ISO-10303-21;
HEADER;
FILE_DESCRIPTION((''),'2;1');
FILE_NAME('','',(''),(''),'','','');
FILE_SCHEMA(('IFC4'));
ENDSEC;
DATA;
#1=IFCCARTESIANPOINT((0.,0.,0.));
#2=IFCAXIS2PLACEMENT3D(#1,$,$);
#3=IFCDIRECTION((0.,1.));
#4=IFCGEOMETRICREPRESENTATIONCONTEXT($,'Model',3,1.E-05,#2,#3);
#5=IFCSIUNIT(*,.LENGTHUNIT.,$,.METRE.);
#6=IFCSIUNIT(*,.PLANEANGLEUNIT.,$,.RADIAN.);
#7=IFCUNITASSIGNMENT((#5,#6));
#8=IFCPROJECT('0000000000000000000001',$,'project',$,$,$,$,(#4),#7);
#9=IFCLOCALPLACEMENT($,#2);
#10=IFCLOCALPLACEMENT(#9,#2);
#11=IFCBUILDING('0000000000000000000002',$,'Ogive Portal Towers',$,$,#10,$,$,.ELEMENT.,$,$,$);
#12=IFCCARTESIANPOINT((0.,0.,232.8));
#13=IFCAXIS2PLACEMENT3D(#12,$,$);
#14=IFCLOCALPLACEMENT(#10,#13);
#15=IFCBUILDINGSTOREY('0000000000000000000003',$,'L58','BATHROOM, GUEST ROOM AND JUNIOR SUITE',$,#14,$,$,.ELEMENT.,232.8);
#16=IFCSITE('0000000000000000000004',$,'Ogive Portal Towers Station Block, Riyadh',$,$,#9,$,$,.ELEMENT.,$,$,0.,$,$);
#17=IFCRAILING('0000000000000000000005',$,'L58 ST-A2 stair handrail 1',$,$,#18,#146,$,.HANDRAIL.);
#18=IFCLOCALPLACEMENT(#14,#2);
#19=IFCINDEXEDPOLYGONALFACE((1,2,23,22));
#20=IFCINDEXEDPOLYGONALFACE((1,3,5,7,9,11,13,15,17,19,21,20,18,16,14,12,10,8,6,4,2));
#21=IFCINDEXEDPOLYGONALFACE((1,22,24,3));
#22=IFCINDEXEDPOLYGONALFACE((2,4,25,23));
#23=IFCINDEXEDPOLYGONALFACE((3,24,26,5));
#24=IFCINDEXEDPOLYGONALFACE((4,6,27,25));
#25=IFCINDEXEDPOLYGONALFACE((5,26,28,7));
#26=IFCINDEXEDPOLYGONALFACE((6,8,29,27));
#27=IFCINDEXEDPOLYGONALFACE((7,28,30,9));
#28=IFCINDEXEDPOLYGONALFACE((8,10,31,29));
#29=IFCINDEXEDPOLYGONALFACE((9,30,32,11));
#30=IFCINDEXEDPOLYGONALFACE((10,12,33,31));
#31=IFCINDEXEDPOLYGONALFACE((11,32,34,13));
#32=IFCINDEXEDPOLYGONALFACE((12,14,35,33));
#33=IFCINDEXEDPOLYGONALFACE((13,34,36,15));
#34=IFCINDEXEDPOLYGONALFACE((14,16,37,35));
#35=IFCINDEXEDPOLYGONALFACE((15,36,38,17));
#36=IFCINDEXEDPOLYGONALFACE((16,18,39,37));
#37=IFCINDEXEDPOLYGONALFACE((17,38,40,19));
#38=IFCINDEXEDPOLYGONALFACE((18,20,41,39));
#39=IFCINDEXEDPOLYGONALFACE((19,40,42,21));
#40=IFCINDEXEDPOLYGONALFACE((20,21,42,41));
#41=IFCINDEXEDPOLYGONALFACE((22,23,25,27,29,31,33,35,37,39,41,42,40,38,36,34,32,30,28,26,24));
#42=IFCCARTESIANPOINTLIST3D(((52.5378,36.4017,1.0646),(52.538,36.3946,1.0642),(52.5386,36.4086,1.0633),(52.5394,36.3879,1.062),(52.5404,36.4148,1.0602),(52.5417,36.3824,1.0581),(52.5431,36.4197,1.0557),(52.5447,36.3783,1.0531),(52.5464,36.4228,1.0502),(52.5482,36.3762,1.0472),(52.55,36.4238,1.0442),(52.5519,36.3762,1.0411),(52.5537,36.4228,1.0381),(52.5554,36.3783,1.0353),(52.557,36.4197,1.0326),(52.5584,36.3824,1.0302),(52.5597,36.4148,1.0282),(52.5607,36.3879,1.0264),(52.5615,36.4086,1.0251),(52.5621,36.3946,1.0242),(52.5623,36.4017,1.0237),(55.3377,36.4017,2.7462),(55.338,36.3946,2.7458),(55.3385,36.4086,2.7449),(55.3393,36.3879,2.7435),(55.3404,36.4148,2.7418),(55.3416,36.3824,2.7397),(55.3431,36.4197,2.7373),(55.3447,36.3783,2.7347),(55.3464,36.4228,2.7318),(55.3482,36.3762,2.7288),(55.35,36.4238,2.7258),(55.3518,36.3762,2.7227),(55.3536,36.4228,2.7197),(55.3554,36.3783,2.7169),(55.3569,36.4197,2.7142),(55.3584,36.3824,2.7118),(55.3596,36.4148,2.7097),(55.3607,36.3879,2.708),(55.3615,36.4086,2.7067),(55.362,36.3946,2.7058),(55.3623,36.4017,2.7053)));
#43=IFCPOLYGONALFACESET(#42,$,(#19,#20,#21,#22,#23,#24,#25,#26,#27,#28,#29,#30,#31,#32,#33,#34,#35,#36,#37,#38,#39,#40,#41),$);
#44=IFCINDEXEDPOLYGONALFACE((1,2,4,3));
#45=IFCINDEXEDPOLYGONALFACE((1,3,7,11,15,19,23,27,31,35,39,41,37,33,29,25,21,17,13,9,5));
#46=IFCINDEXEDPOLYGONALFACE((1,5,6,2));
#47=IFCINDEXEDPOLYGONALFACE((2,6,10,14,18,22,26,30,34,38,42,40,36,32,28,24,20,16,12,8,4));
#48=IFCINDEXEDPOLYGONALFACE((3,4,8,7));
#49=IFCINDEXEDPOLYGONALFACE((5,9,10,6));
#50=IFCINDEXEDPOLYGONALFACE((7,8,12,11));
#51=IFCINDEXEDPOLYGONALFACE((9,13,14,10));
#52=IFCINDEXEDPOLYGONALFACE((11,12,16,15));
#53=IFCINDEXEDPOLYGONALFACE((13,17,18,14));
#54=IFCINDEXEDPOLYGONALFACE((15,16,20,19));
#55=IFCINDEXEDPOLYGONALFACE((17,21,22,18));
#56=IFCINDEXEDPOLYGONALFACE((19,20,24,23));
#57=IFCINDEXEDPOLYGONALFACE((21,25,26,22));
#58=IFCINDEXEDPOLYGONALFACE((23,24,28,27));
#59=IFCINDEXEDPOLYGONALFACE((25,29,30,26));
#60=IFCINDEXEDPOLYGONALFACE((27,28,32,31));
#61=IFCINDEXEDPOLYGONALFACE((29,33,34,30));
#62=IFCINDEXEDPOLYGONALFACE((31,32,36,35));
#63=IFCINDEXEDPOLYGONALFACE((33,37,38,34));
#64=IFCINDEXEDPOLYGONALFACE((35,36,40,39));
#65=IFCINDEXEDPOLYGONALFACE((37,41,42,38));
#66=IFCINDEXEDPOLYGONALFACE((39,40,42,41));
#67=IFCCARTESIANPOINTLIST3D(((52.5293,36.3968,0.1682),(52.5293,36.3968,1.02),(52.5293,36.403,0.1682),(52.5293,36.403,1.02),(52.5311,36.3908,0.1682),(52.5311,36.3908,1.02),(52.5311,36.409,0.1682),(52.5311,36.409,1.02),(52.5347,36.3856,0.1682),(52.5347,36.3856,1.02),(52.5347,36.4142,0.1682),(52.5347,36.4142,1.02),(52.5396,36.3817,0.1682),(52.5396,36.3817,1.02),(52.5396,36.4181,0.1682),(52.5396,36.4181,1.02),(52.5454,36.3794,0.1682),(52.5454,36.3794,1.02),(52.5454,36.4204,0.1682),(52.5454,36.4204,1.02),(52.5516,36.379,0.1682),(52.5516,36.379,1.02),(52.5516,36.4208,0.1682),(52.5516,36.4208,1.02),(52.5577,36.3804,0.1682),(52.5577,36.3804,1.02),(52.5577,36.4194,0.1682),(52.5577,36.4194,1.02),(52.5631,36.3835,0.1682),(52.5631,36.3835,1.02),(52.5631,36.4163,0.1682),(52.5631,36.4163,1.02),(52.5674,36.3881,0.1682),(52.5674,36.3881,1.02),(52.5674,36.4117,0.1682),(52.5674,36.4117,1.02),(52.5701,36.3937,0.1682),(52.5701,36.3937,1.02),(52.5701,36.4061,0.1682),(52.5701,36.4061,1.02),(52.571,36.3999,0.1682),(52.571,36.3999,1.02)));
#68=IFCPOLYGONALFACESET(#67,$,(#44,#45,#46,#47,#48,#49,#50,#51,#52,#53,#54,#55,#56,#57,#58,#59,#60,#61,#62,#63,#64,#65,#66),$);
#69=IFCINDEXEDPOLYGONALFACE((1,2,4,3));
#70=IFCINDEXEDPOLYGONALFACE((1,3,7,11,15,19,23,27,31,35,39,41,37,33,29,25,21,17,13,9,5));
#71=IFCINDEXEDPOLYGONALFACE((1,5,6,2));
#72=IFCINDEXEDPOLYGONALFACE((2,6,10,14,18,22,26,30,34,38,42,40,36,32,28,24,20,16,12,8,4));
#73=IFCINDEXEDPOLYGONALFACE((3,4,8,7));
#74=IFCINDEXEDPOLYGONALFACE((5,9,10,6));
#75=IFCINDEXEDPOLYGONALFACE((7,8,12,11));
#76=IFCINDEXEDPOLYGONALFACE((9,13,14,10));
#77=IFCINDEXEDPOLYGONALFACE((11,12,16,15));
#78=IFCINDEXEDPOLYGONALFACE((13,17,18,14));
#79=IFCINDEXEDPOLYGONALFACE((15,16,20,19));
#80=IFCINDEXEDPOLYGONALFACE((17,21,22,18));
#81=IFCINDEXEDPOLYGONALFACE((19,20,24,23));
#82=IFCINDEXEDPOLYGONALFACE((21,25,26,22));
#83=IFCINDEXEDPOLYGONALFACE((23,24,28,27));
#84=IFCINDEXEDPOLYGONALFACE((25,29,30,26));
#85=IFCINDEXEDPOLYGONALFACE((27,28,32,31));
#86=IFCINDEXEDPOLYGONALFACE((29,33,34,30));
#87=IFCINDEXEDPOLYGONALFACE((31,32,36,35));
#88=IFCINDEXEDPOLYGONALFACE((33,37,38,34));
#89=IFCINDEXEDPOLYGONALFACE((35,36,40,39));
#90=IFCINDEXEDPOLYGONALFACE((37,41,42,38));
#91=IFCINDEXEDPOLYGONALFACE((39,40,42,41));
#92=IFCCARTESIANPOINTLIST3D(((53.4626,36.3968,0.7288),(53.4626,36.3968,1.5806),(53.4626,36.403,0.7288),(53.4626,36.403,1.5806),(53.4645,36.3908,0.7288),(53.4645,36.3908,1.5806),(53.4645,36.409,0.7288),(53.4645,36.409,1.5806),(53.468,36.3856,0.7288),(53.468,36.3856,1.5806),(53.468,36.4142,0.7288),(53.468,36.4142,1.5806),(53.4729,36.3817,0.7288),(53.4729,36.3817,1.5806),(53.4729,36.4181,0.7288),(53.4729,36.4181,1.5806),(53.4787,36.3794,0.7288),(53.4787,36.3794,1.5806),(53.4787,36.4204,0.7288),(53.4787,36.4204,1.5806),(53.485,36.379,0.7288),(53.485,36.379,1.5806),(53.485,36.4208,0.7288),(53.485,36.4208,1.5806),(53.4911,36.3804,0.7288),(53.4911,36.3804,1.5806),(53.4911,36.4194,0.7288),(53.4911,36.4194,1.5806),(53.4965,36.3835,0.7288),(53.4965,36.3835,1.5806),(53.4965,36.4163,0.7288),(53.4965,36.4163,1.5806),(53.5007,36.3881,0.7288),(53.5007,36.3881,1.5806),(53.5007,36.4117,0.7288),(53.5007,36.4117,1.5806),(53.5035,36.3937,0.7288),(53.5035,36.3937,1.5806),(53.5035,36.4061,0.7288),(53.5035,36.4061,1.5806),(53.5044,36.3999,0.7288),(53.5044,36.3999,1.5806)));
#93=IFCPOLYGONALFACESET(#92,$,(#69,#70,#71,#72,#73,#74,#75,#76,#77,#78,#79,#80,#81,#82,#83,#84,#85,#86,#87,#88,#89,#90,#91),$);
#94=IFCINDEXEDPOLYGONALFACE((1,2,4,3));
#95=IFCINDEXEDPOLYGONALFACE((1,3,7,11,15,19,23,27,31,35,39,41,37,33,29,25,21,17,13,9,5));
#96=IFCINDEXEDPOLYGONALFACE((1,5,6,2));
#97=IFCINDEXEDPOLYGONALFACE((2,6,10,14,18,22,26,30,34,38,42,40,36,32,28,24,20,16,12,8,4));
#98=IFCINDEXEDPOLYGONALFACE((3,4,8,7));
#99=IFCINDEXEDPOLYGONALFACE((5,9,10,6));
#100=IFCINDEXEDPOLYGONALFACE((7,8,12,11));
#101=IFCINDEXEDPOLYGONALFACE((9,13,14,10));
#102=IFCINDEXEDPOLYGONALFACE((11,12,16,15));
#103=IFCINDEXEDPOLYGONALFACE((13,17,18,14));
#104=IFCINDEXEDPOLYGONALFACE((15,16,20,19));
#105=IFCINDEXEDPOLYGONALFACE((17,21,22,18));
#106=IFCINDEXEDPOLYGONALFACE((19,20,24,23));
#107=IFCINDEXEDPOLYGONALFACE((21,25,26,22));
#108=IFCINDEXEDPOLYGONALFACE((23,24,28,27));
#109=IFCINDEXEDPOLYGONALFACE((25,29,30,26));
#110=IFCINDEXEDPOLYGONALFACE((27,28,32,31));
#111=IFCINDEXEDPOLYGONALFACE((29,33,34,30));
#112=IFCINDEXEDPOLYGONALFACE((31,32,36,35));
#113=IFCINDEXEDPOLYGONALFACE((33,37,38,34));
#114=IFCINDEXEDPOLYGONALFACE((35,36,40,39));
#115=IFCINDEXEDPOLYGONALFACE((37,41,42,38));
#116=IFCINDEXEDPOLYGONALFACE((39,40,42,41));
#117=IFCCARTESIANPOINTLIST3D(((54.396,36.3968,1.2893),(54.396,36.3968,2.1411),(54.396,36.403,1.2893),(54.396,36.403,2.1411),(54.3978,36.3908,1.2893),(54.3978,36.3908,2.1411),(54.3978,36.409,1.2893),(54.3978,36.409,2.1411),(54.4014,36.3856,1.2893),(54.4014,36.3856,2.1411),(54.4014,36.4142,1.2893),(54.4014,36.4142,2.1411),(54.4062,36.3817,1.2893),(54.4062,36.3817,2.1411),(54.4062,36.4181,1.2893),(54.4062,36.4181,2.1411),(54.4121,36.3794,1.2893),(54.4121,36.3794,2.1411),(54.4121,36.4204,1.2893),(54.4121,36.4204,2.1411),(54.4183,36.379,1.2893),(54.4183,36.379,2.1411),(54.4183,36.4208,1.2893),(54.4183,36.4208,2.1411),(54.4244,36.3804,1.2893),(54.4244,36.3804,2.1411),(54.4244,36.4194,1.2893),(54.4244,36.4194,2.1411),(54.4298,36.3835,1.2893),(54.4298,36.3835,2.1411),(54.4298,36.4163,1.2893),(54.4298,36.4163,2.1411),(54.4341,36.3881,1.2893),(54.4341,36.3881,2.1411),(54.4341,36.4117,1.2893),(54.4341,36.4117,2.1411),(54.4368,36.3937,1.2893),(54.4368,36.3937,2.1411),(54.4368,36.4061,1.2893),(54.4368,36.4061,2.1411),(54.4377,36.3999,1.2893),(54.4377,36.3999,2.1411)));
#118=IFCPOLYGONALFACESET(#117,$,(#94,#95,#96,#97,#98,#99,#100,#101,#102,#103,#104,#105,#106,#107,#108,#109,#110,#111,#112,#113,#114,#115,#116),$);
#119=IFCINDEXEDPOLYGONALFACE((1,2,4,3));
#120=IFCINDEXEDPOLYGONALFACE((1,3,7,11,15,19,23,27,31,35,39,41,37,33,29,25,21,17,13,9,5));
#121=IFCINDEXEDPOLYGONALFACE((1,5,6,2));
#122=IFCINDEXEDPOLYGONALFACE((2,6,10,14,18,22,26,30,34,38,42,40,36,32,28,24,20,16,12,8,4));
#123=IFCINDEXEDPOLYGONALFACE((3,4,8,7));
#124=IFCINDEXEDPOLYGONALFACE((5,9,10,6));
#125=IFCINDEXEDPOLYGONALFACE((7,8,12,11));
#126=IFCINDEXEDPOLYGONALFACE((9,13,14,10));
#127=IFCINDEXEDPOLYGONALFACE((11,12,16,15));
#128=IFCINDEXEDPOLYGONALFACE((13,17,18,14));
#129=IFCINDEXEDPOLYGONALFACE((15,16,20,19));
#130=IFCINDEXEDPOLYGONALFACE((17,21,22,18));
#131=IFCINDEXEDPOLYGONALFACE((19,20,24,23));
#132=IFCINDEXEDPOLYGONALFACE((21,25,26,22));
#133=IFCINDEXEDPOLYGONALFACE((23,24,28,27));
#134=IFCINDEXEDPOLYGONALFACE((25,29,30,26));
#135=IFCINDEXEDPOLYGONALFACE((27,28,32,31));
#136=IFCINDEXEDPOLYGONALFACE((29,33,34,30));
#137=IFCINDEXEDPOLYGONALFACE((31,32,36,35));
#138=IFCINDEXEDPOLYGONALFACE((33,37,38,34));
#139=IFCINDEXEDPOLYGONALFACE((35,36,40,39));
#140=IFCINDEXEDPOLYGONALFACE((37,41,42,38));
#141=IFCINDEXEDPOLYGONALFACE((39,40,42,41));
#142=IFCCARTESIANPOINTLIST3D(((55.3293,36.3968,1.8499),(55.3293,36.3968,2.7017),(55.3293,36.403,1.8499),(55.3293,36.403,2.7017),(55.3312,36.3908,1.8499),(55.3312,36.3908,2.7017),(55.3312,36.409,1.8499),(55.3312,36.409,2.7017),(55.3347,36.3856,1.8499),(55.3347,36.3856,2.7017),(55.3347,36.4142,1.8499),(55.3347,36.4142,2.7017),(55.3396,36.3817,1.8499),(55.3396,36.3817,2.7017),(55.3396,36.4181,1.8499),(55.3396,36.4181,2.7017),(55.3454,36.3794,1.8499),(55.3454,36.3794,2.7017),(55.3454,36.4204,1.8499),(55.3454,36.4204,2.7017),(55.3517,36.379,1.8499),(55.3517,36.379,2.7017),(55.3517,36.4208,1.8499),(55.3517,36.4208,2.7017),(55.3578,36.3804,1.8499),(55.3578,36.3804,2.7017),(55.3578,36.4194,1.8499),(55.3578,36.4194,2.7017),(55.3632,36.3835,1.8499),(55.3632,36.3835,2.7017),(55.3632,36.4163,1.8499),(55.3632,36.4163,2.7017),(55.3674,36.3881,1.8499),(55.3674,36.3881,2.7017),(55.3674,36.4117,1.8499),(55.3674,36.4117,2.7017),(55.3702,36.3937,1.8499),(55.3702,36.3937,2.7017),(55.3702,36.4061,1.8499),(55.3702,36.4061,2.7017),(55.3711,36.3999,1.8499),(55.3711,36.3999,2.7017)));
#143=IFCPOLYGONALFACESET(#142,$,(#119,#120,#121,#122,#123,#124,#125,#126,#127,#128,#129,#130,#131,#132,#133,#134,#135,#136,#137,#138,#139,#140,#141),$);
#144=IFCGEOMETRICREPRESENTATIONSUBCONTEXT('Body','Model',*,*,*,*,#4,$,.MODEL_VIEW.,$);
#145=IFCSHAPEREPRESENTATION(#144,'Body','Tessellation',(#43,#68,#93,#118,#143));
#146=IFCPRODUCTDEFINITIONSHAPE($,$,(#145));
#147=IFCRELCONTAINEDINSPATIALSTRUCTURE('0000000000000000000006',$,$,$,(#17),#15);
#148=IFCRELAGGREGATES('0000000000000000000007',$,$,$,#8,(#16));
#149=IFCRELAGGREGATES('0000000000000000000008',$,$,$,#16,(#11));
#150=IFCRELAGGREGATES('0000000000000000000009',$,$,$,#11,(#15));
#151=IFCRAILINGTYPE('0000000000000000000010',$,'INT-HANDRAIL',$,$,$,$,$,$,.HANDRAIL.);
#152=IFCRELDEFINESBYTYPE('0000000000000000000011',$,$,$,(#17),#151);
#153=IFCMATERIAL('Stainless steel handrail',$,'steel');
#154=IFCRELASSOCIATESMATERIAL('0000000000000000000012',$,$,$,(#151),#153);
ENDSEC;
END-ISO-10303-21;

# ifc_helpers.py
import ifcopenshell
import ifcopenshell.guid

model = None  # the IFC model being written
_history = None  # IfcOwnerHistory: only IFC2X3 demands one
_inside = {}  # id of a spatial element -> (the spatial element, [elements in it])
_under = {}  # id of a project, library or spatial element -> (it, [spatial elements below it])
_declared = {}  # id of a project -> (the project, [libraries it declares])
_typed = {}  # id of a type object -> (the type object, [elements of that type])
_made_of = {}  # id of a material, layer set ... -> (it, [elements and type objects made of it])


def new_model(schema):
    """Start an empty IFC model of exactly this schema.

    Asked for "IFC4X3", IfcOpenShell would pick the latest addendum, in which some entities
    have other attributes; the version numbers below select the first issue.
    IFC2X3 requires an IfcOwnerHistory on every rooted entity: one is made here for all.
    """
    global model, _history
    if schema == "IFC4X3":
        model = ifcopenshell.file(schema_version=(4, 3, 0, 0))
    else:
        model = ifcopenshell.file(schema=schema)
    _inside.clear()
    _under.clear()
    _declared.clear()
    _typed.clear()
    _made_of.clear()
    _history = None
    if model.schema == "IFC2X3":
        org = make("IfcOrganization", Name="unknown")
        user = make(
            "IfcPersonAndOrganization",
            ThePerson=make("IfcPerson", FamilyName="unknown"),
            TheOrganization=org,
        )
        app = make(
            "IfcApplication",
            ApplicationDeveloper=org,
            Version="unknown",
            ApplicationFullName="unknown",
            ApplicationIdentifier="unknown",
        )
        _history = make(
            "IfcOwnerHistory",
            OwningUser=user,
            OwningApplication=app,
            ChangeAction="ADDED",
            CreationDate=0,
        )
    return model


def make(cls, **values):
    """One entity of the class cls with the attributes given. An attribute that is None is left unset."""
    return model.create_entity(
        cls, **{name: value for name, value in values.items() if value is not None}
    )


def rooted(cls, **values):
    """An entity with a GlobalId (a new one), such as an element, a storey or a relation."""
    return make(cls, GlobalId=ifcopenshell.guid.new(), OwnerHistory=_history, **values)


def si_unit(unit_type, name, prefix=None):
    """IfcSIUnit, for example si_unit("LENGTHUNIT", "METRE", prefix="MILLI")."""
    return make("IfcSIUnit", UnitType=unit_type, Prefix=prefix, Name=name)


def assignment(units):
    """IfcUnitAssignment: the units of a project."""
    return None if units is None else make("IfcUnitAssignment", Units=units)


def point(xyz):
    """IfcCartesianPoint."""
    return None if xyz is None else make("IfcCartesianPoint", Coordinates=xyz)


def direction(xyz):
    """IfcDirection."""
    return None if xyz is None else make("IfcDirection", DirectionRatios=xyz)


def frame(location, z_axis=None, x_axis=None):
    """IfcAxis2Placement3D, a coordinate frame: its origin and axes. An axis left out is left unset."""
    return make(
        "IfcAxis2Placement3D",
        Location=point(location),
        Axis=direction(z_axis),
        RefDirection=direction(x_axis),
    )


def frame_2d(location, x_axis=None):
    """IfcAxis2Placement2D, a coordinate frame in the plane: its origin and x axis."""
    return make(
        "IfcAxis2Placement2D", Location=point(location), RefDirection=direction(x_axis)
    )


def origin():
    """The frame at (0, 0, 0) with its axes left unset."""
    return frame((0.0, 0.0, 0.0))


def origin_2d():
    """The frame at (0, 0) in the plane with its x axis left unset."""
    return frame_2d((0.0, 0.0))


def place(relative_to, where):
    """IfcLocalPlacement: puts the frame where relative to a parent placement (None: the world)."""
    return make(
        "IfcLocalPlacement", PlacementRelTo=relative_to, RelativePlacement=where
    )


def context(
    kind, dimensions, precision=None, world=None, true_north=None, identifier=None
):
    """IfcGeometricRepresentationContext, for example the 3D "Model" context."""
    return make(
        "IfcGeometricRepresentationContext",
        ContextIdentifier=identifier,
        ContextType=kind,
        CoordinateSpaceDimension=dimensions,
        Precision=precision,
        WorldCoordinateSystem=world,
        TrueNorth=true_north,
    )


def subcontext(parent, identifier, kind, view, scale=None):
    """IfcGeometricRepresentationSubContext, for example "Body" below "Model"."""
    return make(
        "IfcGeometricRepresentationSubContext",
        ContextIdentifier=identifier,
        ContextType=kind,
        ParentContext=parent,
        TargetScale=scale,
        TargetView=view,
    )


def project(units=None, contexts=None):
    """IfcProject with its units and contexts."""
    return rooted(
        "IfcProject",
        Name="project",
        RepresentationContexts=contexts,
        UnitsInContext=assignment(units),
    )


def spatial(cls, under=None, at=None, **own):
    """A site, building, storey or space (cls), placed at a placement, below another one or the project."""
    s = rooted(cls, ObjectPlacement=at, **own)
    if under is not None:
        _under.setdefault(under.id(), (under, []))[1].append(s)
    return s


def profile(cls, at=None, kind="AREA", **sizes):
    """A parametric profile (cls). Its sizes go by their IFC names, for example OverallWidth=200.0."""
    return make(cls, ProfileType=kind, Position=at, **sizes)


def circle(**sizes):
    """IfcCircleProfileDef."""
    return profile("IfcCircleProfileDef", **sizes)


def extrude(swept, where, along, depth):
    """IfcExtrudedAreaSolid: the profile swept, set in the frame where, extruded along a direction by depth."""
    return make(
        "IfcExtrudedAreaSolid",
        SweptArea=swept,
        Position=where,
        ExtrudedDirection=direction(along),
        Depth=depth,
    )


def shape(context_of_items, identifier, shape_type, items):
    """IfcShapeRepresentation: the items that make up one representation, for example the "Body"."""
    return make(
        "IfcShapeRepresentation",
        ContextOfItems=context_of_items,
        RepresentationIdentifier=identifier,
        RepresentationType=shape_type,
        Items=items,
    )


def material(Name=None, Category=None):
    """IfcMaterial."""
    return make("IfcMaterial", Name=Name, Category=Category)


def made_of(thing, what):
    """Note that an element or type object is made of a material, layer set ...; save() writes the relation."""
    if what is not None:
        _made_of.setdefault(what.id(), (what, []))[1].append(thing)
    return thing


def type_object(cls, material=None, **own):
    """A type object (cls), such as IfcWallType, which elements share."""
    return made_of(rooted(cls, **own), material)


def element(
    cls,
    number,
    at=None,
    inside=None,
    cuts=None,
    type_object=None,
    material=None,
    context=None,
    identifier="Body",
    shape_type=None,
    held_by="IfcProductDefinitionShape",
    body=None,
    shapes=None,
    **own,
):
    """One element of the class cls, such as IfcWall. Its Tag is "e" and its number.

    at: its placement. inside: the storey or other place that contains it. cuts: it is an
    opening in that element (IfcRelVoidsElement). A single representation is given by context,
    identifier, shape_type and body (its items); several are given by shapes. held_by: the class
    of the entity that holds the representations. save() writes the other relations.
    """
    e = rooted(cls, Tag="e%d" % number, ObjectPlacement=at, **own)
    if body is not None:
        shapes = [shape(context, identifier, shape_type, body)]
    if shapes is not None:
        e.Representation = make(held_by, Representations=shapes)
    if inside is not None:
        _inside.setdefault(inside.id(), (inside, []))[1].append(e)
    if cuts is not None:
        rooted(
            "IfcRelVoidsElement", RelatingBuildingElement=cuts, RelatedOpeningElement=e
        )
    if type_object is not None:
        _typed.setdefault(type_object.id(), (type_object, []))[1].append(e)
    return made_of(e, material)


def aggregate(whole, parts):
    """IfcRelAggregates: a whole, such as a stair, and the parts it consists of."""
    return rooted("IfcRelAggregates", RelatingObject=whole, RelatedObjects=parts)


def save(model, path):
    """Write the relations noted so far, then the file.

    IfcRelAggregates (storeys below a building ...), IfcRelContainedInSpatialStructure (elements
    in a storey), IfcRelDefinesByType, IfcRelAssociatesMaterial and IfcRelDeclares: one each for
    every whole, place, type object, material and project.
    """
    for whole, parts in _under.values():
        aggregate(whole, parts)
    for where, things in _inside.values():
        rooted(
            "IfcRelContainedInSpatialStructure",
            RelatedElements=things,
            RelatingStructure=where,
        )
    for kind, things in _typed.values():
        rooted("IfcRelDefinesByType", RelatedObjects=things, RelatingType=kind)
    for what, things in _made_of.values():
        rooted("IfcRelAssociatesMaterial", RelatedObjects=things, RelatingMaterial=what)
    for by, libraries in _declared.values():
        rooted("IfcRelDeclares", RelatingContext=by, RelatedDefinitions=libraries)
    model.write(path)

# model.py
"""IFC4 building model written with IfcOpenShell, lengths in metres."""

from ifc_helpers import new_model, si_unit, direction, frame, origin, origin_2d, place, context, subcontext, project, spatial, circle, extrude, material, type_object, element, save


model = new_model("IFC4")

# Units and contexts
model_context = context("Model", 3, precision=1e-05, world=origin(), true_north=direction((0.0, 1.0)))
body_context = subcontext(model_context, "Body", "Model", "MODEL_VIEW")
ifc_project = project(units=[si_unit("LENGTHUNIT", "METRE"), si_unit("PLANEANGLEUNIT", "RADIAN")], contexts=[model_context])

# Site, building, storey
site_placement = place(None, origin())
site = spatial("IfcSite", under=ifc_project, at=site_placement, Name="Ogive Portal Towers Station Block, Riyadh", CompositionType="ELEMENT", RefElevation=0.0)
building_placement = place(site_placement, origin())
building = spatial("IfcBuilding", under=site, at=building_placement, Name="Ogive Portal Towers", CompositionType="ELEMENT")
storey_placement = place(building_placement, frame((0.0, 0.0, 232.8)))
storey = spatial("IfcBuildingStorey", under=building, at=storey_placement, Name="L58", Description="BATHROOM, GUEST ROOM AND JUNIOR SUITE", CompositionType="ELEMENT", Elevation=232.8)

# Railing
ifc_material_1 = material(Name="Stainless steel handrail", Category="steel")
railing_type_1 = type_object("IfcRailingType", Name="INT-HANDRAIL", PredefinedType="HANDRAIL", material=ifc_material_1)
railing_1_placement = place(storey_placement, frame((52.55, 36.3999, 0.1682)))
element("IfcRailing", 1, at=railing_1_placement, inside=storey, type_object=railing_type_1, Name="L58 ST-A2 stair handrail 1", PredefinedType="HANDRAIL", context=body_context, shape_type="SweptSolid", body=[
    extrude(circle(Radius=0.0239, at=origin_2d()), frame((0.0, 0.0, 0.876), z_axis=(0.857275, 0.0, 0.514858), x_axis=(0.0, 1.0, 0.0)), (0.0, 0.0, 1.0), 3.2661),
    extrude(circle(Radius=0.021, at=origin_2d()), origin(), (0.0, 0.0, 1.0), 0.8518),
    extrude(circle(Radius=0.021, at=origin_2d()), frame((0.9333, 0.0, 0.5605)), (0.0, 0.0, 1.0), 0.8518),
    extrude(circle(Radius=0.021, at=origin_2d()), frame((1.8667, 0.0, 1.1211)), (0.0, 0.0, 1.0), 0.8518),
    extrude(circle(Radius=0.021, at=origin_2d()), frame((2.8, 0.0, 1.6816)), (0.0, 0.0, 1.0), 0.8518),
])

save(model, "model.ifc")
